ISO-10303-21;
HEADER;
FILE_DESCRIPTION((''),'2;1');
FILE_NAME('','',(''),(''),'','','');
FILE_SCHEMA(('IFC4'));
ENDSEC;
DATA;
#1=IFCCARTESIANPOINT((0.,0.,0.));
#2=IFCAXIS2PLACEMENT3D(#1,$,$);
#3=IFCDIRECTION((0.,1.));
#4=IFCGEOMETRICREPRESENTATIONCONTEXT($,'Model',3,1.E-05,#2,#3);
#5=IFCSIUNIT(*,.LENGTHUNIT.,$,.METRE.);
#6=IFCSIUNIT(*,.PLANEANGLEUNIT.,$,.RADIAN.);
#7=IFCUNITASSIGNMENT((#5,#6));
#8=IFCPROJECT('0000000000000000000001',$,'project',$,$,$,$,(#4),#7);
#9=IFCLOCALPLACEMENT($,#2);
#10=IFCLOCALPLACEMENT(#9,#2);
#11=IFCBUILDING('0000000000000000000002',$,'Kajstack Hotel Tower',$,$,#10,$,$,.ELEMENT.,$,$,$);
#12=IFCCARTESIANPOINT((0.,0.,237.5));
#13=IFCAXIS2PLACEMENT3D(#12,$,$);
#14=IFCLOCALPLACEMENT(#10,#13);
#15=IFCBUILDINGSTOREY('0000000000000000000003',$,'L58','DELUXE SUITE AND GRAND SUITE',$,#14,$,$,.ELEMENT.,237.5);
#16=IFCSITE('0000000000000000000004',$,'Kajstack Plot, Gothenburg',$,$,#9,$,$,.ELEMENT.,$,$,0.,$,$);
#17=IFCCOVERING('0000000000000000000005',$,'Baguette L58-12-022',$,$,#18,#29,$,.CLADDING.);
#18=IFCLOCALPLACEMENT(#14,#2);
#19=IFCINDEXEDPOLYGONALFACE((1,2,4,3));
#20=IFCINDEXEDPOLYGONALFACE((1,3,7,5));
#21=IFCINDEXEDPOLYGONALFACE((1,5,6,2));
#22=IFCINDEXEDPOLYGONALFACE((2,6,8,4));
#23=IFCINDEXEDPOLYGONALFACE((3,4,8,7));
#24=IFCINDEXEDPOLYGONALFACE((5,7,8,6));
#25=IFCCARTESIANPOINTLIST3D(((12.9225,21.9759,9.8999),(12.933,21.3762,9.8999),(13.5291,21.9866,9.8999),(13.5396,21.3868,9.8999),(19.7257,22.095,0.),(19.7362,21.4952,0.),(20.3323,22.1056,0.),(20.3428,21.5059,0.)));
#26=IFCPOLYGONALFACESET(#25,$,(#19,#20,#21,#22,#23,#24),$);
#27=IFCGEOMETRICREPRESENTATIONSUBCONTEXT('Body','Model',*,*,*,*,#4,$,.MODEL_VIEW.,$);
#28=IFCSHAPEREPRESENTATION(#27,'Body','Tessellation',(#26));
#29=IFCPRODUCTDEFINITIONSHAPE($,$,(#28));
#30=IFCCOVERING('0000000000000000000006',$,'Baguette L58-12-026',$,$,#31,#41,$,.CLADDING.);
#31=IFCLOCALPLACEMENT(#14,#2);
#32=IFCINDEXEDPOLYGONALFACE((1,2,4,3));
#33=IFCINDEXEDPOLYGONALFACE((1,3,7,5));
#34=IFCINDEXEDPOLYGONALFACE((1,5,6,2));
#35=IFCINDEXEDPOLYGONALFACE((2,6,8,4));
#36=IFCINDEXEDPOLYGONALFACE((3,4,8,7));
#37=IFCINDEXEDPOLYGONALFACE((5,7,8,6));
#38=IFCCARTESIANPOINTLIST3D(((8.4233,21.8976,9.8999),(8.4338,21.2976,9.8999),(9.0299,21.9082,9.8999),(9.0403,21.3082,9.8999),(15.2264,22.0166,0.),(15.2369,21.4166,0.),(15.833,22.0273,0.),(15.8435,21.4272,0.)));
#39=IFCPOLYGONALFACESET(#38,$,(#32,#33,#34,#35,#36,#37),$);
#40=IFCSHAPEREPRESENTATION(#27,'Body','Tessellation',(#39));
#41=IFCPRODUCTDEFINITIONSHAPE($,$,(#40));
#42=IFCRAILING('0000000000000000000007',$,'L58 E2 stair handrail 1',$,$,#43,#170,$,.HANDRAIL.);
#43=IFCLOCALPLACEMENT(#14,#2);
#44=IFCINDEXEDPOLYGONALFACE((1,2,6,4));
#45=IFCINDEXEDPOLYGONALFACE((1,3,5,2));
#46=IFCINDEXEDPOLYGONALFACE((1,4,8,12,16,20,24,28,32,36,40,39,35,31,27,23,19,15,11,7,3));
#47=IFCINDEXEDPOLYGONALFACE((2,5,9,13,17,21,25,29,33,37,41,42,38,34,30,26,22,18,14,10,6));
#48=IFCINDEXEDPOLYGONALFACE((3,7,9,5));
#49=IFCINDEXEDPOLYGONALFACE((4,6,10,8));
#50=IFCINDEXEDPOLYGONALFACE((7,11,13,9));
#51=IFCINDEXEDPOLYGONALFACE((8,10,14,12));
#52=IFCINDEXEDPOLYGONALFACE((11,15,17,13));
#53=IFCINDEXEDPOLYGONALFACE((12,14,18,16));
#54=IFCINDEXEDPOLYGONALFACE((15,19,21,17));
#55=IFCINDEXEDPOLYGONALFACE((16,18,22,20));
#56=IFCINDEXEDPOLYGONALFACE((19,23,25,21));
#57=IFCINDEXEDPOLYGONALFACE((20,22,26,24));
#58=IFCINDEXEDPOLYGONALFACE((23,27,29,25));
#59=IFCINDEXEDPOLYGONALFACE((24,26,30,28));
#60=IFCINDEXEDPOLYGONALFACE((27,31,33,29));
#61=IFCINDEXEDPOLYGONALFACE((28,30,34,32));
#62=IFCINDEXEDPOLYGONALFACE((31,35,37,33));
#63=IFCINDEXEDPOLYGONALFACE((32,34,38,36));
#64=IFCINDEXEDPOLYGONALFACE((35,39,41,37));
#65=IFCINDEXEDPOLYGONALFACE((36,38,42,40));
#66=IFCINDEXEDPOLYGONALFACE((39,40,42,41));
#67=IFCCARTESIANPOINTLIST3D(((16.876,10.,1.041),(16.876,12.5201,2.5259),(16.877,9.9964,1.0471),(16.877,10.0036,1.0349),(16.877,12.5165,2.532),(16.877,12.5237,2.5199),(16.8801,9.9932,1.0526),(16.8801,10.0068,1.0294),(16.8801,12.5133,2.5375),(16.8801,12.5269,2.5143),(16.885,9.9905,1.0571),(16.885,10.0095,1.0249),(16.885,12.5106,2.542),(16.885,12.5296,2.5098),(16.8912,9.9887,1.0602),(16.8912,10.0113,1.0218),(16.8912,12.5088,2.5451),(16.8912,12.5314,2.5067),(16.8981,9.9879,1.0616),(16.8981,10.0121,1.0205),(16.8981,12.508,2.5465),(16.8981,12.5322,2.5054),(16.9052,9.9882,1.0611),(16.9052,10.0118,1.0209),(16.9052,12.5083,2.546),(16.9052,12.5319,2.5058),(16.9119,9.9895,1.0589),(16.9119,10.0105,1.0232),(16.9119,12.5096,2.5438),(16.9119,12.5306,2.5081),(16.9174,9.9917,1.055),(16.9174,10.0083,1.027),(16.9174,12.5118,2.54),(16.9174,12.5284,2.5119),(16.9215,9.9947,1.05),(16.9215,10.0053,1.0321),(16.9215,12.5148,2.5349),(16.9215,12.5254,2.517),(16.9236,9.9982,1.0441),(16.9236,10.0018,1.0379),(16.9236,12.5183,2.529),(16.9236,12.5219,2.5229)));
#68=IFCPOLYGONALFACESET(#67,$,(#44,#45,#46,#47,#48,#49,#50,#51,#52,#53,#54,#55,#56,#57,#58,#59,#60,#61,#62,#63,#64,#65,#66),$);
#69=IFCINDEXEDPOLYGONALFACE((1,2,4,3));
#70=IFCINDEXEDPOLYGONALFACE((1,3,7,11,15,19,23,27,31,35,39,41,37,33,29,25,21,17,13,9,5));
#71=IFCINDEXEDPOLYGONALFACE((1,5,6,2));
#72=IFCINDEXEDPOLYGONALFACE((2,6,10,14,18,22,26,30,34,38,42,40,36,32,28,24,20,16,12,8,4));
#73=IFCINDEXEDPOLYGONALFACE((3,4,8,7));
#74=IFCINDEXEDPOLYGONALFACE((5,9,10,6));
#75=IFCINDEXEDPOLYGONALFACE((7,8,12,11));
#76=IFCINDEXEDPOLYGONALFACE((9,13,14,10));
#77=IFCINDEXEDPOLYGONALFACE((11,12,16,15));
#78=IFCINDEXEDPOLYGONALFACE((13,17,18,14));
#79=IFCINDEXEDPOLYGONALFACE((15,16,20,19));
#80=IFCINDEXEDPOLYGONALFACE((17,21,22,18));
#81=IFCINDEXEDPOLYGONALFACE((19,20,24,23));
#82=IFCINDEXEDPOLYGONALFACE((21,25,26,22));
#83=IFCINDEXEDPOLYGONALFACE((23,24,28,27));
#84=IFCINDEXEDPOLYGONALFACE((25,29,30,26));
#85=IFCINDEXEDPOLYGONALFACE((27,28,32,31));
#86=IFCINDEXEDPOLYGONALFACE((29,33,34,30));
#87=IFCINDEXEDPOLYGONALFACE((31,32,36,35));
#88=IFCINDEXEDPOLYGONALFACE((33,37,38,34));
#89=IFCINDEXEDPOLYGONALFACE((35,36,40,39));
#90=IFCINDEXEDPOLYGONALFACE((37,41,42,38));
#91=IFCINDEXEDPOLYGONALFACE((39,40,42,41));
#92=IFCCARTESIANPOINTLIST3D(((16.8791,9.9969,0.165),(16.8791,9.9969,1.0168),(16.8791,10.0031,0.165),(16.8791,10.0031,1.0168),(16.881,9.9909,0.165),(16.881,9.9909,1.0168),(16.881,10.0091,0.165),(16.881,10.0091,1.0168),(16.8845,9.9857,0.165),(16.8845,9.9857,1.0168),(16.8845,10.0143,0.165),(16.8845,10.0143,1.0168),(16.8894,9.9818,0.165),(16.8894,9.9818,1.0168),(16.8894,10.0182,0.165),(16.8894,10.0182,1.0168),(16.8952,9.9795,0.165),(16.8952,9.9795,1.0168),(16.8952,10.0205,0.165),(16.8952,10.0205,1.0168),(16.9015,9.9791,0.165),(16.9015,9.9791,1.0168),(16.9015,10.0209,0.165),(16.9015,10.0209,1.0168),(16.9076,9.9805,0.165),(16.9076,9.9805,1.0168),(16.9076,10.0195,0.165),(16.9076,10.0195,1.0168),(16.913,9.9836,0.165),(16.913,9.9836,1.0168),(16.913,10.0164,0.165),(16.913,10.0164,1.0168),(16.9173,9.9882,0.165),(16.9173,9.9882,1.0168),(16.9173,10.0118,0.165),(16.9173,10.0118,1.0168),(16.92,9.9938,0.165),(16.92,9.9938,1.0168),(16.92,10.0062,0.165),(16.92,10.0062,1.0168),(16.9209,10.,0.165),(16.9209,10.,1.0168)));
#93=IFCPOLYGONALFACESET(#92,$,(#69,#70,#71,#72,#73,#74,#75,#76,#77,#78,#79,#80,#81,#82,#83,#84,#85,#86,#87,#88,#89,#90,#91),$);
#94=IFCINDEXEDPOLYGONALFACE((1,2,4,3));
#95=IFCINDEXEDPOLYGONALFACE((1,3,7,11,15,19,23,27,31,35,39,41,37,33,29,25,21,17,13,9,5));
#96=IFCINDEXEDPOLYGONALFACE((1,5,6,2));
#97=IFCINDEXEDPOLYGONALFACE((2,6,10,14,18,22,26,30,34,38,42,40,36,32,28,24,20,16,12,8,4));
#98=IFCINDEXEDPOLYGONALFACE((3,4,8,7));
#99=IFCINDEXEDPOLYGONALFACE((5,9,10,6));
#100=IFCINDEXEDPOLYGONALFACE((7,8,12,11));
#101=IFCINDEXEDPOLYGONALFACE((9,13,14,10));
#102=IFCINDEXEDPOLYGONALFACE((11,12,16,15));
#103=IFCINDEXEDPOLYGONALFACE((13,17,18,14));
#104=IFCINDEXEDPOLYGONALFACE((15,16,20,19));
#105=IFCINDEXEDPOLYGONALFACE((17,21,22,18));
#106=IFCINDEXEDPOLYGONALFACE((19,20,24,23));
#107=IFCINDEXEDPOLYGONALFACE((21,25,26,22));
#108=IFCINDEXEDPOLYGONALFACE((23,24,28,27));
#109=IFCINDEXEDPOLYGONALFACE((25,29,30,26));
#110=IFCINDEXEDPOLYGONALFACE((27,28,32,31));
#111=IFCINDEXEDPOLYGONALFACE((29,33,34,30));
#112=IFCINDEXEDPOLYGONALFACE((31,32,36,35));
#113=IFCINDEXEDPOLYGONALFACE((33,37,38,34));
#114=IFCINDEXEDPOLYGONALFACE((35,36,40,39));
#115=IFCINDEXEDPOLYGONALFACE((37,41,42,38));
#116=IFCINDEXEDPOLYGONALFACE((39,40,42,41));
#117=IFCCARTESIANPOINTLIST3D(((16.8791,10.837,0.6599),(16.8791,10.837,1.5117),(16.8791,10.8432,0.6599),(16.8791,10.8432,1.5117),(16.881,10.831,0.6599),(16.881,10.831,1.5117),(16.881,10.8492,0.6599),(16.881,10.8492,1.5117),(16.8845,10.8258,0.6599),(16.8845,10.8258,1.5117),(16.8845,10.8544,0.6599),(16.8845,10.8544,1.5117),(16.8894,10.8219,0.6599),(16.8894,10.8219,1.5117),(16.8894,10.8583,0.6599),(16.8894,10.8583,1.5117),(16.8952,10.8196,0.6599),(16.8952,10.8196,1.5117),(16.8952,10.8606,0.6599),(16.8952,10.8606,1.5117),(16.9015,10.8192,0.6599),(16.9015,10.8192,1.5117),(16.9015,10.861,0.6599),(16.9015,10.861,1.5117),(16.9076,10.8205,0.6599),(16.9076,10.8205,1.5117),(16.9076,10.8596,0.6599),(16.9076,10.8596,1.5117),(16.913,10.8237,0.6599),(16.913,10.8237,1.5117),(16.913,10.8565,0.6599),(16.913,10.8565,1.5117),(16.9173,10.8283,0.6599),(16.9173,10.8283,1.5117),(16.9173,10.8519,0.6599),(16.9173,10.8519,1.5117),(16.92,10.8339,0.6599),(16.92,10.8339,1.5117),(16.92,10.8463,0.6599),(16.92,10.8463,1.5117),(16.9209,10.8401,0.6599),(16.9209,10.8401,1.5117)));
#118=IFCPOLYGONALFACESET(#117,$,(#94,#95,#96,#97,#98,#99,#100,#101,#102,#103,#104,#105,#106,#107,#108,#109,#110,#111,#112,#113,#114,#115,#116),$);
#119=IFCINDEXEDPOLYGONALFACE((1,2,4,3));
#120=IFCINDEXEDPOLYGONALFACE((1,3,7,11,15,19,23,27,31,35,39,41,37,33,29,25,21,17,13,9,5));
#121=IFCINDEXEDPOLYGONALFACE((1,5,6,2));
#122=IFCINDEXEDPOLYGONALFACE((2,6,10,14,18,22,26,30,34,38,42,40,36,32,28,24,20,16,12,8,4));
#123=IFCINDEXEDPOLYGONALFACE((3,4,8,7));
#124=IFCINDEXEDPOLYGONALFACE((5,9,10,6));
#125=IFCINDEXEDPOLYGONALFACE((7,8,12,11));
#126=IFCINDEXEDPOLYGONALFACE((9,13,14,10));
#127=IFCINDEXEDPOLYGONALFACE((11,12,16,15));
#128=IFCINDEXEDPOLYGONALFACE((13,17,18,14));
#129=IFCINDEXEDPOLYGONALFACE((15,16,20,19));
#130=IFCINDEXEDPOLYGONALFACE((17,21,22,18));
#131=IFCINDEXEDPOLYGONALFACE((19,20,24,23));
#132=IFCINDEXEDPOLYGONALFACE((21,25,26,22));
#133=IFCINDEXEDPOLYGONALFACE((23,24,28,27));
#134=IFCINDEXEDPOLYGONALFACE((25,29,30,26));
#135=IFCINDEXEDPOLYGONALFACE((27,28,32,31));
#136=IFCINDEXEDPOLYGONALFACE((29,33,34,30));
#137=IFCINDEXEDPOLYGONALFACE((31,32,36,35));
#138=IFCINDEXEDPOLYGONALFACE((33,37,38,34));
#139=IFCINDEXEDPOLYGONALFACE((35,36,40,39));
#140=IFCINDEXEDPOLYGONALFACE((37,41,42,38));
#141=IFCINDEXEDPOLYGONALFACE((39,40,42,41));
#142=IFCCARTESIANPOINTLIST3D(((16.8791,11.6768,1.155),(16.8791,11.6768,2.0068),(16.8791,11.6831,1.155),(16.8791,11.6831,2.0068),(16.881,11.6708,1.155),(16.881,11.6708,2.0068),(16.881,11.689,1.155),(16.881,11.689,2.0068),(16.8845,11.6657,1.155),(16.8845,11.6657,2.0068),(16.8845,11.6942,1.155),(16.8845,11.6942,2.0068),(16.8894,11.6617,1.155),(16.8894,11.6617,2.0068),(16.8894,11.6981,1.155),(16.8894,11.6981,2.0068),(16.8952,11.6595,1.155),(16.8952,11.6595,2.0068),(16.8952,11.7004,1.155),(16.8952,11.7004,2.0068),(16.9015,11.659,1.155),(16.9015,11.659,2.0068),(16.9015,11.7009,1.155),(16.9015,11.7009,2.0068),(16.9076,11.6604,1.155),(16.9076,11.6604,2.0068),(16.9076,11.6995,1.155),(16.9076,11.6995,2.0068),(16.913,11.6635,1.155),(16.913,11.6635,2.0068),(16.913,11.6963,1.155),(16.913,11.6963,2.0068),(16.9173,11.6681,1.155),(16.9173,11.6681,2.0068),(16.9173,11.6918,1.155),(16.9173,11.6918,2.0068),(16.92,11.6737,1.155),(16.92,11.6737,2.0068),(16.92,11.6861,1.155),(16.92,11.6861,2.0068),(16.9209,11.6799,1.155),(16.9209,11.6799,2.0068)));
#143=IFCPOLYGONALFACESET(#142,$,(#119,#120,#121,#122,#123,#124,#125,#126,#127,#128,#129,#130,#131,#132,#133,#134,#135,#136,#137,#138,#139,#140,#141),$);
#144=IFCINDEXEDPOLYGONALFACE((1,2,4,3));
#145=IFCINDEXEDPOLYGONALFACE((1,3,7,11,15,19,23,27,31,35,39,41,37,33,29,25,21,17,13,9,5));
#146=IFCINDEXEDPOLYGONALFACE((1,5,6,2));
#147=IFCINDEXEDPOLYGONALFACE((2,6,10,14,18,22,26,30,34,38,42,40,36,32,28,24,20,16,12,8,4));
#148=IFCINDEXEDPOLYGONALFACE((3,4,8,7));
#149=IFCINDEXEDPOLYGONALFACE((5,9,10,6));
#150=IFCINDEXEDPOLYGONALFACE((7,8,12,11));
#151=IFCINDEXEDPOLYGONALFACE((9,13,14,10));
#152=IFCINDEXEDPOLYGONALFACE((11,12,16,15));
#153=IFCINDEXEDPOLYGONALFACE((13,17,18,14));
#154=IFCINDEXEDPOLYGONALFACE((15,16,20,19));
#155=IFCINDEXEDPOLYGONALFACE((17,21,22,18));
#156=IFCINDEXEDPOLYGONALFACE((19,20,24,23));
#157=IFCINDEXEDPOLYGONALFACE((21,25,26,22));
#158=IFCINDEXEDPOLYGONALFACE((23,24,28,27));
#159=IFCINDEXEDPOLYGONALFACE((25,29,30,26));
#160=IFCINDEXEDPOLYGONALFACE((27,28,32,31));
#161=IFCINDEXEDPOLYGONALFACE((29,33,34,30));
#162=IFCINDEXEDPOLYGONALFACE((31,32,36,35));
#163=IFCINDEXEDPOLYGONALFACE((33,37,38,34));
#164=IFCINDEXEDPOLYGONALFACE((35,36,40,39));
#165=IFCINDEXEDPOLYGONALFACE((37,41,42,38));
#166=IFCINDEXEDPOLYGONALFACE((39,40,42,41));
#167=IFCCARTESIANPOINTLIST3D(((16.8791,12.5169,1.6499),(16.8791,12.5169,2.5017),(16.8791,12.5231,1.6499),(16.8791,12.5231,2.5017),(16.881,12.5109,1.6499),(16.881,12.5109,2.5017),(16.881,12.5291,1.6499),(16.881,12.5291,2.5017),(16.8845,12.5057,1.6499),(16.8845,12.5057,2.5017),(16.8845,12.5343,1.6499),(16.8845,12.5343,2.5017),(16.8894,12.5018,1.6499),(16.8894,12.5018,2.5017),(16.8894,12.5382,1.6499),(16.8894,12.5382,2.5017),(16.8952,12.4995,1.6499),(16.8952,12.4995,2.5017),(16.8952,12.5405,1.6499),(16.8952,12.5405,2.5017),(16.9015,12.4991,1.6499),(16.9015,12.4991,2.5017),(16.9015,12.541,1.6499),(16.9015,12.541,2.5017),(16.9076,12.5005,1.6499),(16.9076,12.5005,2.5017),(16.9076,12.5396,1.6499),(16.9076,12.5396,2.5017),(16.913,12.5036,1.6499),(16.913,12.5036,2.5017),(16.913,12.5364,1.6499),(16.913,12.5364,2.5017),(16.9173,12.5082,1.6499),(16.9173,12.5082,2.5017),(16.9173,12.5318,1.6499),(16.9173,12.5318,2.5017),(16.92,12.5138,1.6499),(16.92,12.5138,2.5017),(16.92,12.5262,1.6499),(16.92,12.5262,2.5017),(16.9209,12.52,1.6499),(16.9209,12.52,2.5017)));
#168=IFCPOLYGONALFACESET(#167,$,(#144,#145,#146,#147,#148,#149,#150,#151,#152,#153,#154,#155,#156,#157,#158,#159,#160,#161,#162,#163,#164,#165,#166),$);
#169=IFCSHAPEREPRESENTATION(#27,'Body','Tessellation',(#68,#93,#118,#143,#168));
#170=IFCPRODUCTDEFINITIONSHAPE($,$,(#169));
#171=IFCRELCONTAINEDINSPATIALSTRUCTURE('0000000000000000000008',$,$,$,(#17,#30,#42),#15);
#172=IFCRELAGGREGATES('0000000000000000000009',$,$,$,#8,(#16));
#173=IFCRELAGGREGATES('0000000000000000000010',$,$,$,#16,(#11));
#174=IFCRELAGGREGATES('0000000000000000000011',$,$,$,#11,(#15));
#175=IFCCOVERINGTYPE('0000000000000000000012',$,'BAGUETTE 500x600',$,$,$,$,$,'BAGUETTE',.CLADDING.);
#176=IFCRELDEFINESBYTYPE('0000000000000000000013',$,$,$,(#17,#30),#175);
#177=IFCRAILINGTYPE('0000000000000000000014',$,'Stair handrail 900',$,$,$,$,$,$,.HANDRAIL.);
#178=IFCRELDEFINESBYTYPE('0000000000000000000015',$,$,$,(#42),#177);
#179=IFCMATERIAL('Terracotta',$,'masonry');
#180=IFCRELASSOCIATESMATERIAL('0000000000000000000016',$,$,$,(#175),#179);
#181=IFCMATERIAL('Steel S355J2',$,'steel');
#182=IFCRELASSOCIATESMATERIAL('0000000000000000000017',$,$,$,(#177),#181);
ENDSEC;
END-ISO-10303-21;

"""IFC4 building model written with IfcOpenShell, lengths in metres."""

from ifc_helpers import new_model, si_unit, direction, frame, origin, origin_2d, place, context, subcontext, project, spatial, polyline, rectangle, circle, outline, extrude, material, material_profile, profile_set, type_object, element, save


model = new_model("IFC4")

# Units and contexts
model_context = context("Model", 3, precision=1e-05, world=origin(), true_north=direction((0.0, 1.0)))
body_context = subcontext(model_context, "Body", "Model", "MODEL_VIEW")
ifc_project = project(units=[si_unit("LENGTHUNIT", "METRE"), si_unit("PLANEANGLEUNIT", "RADIAN")], contexts=[model_context])

# Site, building, storey
site_placement = place(None, origin())
site = spatial("IfcSite", under=ifc_project, at=site_placement, Name="Kajstack Plot, Gothenburg", CompositionType="ELEMENT", RefElevation=0.0)
building_placement = place(site_placement, origin())
building = spatial("IfcBuilding", under=site, at=building_placement, Name="Kajstack Hotel Tower", CompositionType="ELEMENT")
storey_placement = place(building_placement, frame((0.0, 0.0, 237.5)))
storey = spatial("IfcBuildingStorey", under=building, at=storey_placement, Name="L58", Description="DELUXE SUITE AND GRAND SUITE", CompositionType="ELEMENT", Elevation=237.5)

# Coverings
ifc_material_1 = material(Name="Terracotta", Category="masonry")
ifc_material_profile = material_profile(ifc_material_1, rectangle(XDim=0.6001, YDim=0.5, at=origin_2d()), Name="Terracotta-clad concrete baguette 500 x 600")
ifc_profile_set = profile_set([ifc_material_profile], Name="Terracotta")
covering_type = type_object("IfcCoveringType", Name="BAGUETTE 500x600", ElementType="BAGUETTE", PredefinedType="CLADDING", material=ifc_profile_set)
covering_1_placement = place(storey_placement, frame((20.3428, 21.5059, 0.0), z_axis=(-0.017498, 0.999847, 0.0), x_axis=(-0.999847, -0.017498, 0.0)))
element("IfcCovering", 1, at=covering_1_placement, inside=storey, type_object=covering_type, Name="Baguette L58-12-022", PredefinedType="CLADDING", context=body_context, shape_type="SweptSolid", body=[
    extrude(outline(polyline([(6.8042, 9.8999), (0.0, 0.0), (0.6067, 0.0), (7.4109, 9.8999), (6.8042, 9.8999)])), origin(), (0.0, 0.0, 1.0), 0.5999),
])
covering_2_placement = place(storey_placement, frame((15.8435, 21.4272, 0.0), z_axis=(-0.017491, 0.999847, 0.0), x_axis=(-0.999847, -0.017491, 0.0)))
element("IfcCovering", 2, at=covering_2_placement, inside=storey, type_object=covering_type, Name="Baguette L58-12-026", PredefinedType="CLADDING", context=body_context, shape_type="SweptSolid", body=[
    extrude(outline(polyline([(6.8042, 9.8999), (0.0, 0.0), (0.6067, 0.0), (7.4109, 9.8999), (6.8042, 9.8999)])), origin(), (0.0, 0.0, 1.0), 0.6001),
])

# Railing
ifc_material_2 = material(Name="Steel S355J2", Category="steel")
railing_type_1 = type_object("IfcRailingType", Name="Stair handrail 900", PredefinedType="HANDRAIL", material=ifc_material_2)
railing_1_placement = place(storey_placement, frame((16.8999, 10.0, 0.165)))
element("IfcRailing", 3, at=railing_1_placement, inside=storey, type_object=railing_type_1, Name="L58 E2 stair handrail 1", PredefinedType="HANDRAIL", context=body_context, shape_type="SweptSolid", body=[
    extrude(circle(Radius=0.0239, at=origin_2d()), frame((0.0, 0.0, 0.876), z_axis=(0.0, 0.861561, 0.507655), x_axis=(-1.0, 0.0, 0.0)), (0.0, 0.0, 1.0), 2.925),
    extrude(circle(Radius=0.021, at=origin_2d()), origin(), (0.0, 0.0, 1.0), 0.8518),
    extrude(circle(Radius=0.021, at=origin_2d()), frame((0.0, 0.8401, 0.4949)), (0.0, 0.0, 1.0), 0.8518),
    extrude(circle(Radius=0.021, at=origin_2d()), frame((0.0, 1.6799, 0.99)), (0.0, 0.0, 1.0), 0.8518),
    extrude(circle(Radius=0.021, at=origin_2d()), frame((0.0, 2.52, 1.4849)), (0.0, 0.0, 1.0), 0.8518),
])

save(model, "model.ifc")
